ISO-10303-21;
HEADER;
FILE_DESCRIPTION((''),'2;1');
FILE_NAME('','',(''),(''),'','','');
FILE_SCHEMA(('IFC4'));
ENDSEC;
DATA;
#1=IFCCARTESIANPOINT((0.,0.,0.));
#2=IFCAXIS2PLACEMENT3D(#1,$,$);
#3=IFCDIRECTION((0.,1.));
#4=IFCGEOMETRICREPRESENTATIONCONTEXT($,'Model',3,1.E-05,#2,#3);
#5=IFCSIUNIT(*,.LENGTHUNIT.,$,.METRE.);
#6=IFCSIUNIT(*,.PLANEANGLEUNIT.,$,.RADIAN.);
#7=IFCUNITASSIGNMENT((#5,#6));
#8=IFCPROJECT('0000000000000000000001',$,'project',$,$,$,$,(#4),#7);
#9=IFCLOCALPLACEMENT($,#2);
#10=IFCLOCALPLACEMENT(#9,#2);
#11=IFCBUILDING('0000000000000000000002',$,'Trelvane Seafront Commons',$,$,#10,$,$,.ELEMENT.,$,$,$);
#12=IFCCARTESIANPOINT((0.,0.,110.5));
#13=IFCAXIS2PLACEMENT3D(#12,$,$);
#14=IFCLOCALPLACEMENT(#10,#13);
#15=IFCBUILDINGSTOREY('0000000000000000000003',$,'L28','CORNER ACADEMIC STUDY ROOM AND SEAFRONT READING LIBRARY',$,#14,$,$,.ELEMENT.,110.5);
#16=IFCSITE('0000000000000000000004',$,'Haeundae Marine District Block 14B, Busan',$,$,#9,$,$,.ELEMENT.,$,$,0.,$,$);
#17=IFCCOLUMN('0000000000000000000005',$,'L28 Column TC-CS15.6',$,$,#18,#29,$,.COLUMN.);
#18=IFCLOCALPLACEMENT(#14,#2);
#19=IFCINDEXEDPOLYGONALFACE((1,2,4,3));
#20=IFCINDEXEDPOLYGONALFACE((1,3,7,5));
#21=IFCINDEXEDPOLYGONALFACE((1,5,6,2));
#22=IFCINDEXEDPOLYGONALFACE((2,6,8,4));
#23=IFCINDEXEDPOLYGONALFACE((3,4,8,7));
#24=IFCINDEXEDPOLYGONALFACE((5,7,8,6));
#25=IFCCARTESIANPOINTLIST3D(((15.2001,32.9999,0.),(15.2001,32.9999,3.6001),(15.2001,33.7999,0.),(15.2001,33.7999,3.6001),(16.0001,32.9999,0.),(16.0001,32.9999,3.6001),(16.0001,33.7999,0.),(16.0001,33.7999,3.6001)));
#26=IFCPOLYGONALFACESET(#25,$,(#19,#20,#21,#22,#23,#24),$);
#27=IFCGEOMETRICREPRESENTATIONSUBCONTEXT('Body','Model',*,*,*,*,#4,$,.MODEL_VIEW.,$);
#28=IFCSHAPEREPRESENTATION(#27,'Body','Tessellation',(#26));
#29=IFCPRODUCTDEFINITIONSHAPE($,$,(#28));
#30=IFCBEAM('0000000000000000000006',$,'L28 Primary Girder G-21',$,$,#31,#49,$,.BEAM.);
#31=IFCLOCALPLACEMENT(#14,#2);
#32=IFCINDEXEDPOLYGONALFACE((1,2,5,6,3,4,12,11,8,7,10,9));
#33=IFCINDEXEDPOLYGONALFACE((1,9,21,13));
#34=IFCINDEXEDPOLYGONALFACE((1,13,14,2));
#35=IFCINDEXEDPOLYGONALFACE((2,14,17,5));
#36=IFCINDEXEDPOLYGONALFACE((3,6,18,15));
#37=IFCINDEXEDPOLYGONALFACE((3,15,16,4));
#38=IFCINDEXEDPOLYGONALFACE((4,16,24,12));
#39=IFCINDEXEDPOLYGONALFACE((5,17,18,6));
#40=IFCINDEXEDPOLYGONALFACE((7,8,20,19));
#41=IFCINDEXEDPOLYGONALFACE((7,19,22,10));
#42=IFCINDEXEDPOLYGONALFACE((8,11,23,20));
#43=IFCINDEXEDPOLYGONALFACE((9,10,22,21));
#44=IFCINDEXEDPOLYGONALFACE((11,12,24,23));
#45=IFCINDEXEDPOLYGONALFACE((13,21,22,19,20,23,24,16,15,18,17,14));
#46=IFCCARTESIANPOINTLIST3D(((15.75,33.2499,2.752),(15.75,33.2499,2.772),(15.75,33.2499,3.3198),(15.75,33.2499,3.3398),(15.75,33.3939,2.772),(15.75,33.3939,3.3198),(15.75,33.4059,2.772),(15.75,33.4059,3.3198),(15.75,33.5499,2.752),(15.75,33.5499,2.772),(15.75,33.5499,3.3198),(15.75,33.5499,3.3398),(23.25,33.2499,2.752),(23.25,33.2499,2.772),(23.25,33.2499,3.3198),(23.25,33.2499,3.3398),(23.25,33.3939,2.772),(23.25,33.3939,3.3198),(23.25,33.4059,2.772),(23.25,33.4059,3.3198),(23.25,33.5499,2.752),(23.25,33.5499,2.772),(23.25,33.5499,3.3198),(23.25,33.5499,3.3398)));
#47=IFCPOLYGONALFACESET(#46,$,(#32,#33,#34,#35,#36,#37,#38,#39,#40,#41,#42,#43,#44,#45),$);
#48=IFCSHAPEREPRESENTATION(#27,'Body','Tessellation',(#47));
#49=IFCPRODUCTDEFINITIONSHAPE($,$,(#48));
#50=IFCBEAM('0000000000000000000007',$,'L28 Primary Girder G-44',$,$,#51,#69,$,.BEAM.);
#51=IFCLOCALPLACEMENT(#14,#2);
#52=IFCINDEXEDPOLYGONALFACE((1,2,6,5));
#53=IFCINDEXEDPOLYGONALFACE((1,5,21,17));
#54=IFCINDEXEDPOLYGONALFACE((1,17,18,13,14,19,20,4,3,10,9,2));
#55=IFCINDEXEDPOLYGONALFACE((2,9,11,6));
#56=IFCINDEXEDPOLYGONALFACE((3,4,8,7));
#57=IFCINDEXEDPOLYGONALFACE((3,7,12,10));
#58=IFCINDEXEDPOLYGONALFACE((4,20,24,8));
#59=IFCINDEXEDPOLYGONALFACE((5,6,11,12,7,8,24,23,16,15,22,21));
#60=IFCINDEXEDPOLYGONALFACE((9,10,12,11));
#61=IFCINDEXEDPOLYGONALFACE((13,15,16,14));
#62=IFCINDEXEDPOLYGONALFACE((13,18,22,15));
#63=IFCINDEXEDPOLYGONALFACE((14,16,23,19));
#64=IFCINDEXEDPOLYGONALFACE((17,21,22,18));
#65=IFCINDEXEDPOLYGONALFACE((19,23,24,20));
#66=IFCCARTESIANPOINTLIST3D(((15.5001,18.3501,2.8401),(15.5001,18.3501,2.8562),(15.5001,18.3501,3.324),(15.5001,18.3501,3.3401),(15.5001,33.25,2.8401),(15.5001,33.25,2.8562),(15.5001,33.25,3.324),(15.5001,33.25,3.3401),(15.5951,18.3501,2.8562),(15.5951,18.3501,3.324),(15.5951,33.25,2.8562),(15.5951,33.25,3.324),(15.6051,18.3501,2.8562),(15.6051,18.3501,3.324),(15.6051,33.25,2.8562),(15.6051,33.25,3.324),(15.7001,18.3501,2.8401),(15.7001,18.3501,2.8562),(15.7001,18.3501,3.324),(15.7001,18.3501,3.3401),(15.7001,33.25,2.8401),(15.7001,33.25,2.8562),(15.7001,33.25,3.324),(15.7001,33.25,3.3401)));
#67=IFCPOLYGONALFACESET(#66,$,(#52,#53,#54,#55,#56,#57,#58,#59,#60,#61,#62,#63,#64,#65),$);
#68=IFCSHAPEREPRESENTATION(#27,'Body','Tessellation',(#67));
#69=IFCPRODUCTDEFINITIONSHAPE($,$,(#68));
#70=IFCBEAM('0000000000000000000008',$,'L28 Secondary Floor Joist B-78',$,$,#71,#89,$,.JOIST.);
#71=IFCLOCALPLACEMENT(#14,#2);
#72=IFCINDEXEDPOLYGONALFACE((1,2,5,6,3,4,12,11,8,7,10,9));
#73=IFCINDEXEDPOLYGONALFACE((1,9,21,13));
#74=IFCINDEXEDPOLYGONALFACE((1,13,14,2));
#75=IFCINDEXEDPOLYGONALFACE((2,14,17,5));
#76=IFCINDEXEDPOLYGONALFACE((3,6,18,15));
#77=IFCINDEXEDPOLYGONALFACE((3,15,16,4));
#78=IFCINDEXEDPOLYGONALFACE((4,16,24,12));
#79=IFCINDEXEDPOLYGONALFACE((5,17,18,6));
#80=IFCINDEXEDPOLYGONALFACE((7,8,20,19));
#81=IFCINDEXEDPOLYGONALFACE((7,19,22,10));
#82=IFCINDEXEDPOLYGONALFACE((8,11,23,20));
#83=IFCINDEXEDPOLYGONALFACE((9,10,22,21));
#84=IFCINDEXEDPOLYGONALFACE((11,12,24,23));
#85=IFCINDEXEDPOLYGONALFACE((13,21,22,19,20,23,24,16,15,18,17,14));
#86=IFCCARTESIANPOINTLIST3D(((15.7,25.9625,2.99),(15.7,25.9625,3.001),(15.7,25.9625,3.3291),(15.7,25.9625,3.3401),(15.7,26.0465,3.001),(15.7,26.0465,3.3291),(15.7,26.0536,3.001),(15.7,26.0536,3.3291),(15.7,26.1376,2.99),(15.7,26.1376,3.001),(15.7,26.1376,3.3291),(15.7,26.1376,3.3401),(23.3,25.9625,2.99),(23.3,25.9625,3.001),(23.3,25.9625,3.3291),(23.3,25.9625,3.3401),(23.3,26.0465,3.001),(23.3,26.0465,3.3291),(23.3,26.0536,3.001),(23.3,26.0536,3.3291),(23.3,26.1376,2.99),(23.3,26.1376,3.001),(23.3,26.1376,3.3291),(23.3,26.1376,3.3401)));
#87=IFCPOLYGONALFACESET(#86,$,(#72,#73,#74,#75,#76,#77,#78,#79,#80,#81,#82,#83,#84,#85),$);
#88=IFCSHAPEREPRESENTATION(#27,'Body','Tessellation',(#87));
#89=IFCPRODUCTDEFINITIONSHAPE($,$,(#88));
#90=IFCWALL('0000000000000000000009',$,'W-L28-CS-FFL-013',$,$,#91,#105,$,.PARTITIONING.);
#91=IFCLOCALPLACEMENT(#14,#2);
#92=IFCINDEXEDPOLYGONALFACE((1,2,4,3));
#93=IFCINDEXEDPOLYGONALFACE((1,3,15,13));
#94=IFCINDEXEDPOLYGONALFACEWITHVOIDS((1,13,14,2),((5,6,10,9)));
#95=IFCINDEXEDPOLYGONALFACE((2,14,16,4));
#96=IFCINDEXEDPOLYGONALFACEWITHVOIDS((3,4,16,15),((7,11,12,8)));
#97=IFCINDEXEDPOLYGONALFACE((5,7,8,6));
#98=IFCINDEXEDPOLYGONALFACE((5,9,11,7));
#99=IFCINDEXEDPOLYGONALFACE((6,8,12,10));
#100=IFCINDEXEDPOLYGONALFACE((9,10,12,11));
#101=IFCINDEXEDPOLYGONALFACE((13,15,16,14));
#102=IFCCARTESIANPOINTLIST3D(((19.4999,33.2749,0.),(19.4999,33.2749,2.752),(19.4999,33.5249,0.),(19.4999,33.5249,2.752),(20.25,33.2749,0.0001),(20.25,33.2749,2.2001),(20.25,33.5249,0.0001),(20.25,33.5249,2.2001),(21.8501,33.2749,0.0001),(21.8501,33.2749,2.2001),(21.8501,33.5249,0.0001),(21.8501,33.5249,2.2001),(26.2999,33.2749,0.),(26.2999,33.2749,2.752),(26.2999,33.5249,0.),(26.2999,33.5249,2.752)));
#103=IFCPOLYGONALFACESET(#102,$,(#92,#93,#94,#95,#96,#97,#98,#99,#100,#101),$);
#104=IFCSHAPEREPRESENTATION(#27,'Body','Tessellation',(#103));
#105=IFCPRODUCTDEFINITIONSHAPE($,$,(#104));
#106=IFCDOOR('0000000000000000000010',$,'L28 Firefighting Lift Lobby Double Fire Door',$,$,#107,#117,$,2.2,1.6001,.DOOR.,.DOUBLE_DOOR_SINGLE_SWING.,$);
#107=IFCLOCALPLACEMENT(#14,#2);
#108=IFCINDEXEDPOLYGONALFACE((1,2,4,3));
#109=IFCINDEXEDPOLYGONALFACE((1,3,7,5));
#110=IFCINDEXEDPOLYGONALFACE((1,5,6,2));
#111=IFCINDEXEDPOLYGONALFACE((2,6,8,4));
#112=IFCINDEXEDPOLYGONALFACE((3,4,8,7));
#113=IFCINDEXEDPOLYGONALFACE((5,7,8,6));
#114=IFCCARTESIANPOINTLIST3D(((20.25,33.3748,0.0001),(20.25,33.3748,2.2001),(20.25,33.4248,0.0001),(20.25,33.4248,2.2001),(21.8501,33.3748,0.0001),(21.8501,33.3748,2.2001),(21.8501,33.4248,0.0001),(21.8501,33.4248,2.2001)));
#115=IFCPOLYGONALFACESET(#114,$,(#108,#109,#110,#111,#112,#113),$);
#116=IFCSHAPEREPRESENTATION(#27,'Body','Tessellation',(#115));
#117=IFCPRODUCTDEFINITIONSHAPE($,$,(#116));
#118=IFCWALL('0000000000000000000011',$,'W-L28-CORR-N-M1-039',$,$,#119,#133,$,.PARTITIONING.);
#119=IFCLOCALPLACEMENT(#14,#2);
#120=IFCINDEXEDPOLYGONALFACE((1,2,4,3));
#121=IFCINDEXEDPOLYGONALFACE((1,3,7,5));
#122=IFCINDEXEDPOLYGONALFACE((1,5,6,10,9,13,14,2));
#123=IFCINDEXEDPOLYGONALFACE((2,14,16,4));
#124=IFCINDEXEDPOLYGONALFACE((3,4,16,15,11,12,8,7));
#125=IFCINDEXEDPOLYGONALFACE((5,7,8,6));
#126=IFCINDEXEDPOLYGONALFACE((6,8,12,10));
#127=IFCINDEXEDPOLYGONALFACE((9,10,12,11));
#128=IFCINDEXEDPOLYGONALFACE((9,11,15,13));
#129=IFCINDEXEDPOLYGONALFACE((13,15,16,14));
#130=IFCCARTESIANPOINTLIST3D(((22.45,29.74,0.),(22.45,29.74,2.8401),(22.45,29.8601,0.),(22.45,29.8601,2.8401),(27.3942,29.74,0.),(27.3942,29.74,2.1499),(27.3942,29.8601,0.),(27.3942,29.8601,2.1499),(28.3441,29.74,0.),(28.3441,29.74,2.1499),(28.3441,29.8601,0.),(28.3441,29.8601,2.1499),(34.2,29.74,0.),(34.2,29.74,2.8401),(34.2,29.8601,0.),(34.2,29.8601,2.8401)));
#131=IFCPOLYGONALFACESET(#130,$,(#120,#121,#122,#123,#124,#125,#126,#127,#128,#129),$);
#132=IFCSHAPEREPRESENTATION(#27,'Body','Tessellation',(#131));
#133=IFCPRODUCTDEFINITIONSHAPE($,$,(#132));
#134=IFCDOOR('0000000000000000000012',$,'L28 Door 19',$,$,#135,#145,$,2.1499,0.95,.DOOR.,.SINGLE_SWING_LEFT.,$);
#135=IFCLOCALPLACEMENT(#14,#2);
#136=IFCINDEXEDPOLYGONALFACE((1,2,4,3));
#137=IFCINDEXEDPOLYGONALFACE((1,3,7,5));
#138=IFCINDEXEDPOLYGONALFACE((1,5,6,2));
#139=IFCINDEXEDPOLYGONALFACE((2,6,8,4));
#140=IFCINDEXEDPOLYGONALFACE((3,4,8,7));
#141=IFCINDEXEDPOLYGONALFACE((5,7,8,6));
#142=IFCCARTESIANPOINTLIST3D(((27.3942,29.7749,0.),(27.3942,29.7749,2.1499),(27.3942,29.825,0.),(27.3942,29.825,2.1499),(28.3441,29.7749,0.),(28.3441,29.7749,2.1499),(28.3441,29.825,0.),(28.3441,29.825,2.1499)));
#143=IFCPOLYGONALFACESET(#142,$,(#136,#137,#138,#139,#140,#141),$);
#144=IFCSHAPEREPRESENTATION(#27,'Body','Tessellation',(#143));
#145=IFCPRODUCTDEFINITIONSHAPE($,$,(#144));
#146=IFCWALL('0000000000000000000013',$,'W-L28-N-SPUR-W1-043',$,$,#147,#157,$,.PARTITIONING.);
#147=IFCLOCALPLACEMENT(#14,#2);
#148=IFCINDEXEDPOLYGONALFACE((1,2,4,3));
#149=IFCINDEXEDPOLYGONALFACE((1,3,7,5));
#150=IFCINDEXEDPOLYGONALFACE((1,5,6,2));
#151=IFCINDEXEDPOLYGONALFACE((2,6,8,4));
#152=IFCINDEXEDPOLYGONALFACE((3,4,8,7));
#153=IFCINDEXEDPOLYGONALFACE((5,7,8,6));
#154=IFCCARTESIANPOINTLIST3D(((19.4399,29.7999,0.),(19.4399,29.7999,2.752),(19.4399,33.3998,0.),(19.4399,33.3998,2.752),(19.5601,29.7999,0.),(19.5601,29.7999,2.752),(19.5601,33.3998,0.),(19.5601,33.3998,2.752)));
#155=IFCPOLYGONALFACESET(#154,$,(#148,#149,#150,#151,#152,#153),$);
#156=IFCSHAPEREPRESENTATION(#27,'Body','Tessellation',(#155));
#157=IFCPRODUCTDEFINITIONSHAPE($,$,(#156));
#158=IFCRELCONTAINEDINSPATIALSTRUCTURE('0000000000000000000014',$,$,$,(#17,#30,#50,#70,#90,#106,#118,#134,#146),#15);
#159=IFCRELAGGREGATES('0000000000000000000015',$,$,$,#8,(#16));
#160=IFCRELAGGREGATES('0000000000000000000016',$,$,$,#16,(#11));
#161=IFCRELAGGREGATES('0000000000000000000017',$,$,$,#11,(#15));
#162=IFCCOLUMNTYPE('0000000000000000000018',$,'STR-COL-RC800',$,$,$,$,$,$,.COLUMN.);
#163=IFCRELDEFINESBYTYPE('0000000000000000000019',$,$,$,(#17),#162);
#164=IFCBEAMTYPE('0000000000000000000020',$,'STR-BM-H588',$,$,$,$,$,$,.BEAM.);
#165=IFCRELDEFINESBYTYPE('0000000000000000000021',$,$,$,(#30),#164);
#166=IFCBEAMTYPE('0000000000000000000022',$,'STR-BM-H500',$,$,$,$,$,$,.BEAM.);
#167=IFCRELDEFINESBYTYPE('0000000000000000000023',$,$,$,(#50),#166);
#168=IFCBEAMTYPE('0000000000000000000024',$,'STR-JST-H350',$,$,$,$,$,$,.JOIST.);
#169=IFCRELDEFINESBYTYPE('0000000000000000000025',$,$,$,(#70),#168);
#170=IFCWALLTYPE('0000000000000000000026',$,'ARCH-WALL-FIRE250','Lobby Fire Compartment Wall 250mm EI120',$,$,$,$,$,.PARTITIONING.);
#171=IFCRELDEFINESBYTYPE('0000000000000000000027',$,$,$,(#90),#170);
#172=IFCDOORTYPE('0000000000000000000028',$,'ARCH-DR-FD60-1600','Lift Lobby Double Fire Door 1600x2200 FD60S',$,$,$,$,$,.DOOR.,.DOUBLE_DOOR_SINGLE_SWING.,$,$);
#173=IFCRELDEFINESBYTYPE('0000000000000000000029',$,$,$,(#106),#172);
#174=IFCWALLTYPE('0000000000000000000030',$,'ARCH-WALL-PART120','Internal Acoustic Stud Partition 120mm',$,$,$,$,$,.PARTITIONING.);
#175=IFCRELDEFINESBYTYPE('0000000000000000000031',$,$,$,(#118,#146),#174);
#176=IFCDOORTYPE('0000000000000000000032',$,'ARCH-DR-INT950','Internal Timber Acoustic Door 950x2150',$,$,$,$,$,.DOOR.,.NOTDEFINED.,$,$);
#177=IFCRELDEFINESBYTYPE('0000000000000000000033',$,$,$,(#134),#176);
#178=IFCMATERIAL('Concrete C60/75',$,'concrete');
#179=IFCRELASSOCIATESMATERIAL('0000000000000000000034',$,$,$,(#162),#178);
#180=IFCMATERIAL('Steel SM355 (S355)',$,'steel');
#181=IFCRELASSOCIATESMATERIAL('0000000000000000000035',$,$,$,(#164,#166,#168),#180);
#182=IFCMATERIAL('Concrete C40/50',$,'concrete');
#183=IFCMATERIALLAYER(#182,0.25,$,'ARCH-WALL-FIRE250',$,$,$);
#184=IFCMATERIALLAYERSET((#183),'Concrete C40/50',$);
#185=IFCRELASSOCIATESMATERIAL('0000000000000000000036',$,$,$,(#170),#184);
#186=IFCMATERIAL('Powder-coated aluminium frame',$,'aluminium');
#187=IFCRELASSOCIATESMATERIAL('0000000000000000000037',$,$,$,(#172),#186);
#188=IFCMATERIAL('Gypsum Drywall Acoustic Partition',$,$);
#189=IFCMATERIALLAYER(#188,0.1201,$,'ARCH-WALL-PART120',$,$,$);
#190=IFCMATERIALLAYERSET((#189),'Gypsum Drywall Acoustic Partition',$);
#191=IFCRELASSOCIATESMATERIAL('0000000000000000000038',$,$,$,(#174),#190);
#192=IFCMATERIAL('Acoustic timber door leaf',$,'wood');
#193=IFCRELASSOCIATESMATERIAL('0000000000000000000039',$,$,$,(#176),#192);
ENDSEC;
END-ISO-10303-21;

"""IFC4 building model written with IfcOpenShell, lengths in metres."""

from ifc_helpers import new_model, si_unit, direction, frame, frame_2d, origin, origin_2d, place, context, subcontext, project, spatial, rectangle, i_section, extrude, source, transform, mapped, material, layer, layer_set, material_profile, profile_set, type_object, element, fill, save


model = new_model("IFC4")

# Units and contexts
model_context = context("Model", 3, precision=1e-05, world=origin(), true_north=direction((0.0, 1.0)))
body_context = subcontext(model_context, "Body", "Model", "MODEL_VIEW")
ifc_project = project(units=[si_unit("LENGTHUNIT", "METRE"), si_unit("PLANEANGLEUNIT", "RADIAN")], contexts=[model_context])

# Site, building, storey
site_placement = place(None, origin())
site = spatial("IfcSite", under=ifc_project, at=site_placement, Name="Haeundae Marine District Block 14B, Busan", CompositionType="ELEMENT", RefElevation=0.0)
building_placement = place(site_placement, origin())
building = spatial("IfcBuilding", under=site, at=building_placement, Name="Trelvane Seafront Commons", CompositionType="ELEMENT")
storey_placement = place(building_placement, frame((0.0, 0.0, 110.5)))
storey = spatial("IfcBuildingStorey", under=building, at=storey_placement, Name="L28", Description="CORNER ACADEMIC STUDY ROOM AND SEAFRONT READING LIBRARY", CompositionType="ELEMENT", Elevation=110.5)

# Column
ifc_material_1 = material(Name="Concrete C60/75", Category="concrete")
ifc_material_profile_1 = material_profile(ifc_material_1, rectangle(XDim=0.8, YDim=0.8, at=origin_2d()), Name="RC-800x800")
ifc_profile_set_1 = profile_set([ifc_material_profile_1], Name="Concrete C60/75")
column_type = type_object("IfcColumnType", Name="STR-COL-RC800", PredefinedType="COLUMN", material=ifc_profile_set_1)
shared_shape_1 = source(origin(), body_context, "Body", "SweptSolid", [
    extrude(rectangle(XDim=0.8, YDim=0.8, at=origin_2d()), origin(), (0.0, 0.0, 1.0), 3.6001),
])
column_placement = place(storey_placement, frame((15.6001, 33.3999, 0.0), z_axis=(0.0, 0.0, 1.0), x_axis=(1.0, 0.0, 0.0)))
element("IfcColumn", 1, at=column_placement, inside=storey, type_object=column_type, Name="L28 Column TC-CS15.6", PredefinedType="COLUMN", context=body_context, shape_type="MappedRepresentation", body=[
    mapped(shared_shape_1, transform((0.0, 0.0, 0.0), x_axis=(1.0, 0.0, 0.0), y_axis=(0.0, 1.0, 0.0), z_axis=(0.0, 0.0, 1.0), scale=1.0)),
])

# Beams
ifc_material_2 = material(Name="Steel SM355 (S355)", Category="steel")
ifc_material_profile_2 = material_profile(ifc_material_2, i_section(OverallWidth=0.3, OverallDepth=0.5879, WebThickness=0.012, FlangeThickness=0.02, at=origin_2d()), Name="H-588x300x12x20")
ifc_profile_set_2 = profile_set([ifc_material_profile_2], Name="Steel SM355 (S355)")
beam_type_1 = type_object("IfcBeamType", Name="STR-BM-H588", PredefinedType="BEAM", material=ifc_profile_set_2)
shared_shape_2 = source(origin(), body_context, "Body", "SweptSolid", [
    extrude(i_section(OverallWidth=0.3, OverallDepth=0.5879, WebThickness=0.012, FlangeThickness=0.02, at=origin_2d()), origin(), (0.0, 0.0, 1.0), 7.5),
])
beam_1_placement = place(storey_placement, frame((15.75, 33.3999, 3.0459), z_axis=(1.0, 0.0, 0.0), x_axis=(0.0, 1.0, 0.0)))
element("IfcBeam", 2, at=beam_1_placement, inside=storey, type_object=beam_type_1, Name="L28 Primary Girder G-21", PredefinedType="BEAM", context=body_context, shape_type="MappedRepresentation", body=[
    mapped(shared_shape_2, transform((0.0, 0.0, 0.0), x_axis=(1.0, 0.0, 0.0), y_axis=(0.0, 1.0, 0.0), z_axis=(0.0, 0.0, 1.0), scale=1.0)),
])
ifc_material_profile_3 = material_profile(ifc_material_2, i_section(OverallWidth=0.2, OverallDepth=0.5, WebThickness=0.01, FlangeThickness=0.0161, at=origin_2d()), Name="H-500x200x10x16")
ifc_profile_set_3 = profile_set([ifc_material_profile_3], Name="Steel SM355 (S355)")
beam_type_2 = type_object("IfcBeamType", Name="STR-BM-H500", PredefinedType="BEAM", material=ifc_profile_set_3)
shared_shape_3 = source(origin(), body_context, "Body", "SweptSolid", [
    extrude(i_section(OverallWidth=0.2, OverallDepth=0.5, WebThickness=0.01, FlangeThickness=0.0161, at=origin_2d()), origin(), (0.0, 0.0, 1.0), 14.8999),
])
beam_2_placement = place(storey_placement, frame((15.6001, 18.3501, 3.0901), z_axis=(0.0, 1.0, 0.0), x_axis=(-1.0, 0.0, 0.0)))
element("IfcBeam", 3, at=beam_2_placement, inside=storey, type_object=beam_type_2, Name="L28 Primary Girder G-44", PredefinedType="BEAM", context=body_context, shape_type="MappedRepresentation", body=[
    mapped(shared_shape_3, transform((0.0, 0.0, 0.0), x_axis=(1.0, 0.0, 0.0), y_axis=(0.0, 1.0, 0.0), z_axis=(0.0, 0.0, 1.0), scale=1.0)),
])
ifc_material_profile_4 = material_profile(ifc_material_2, i_section(OverallWidth=0.175, OverallDepth=0.3501, WebThickness=0.0071, FlangeThickness=0.011, at=origin_2d()), Name="H-350x175x7x11")
ifc_profile_set_4 = profile_set([ifc_material_profile_4], Name="Steel SM355 (S355)")
beam_type_3 = type_object("IfcBeamType", Name="STR-JST-H350", PredefinedType="JOIST", material=ifc_profile_set_4)
shared_shape_4 = source(origin(), body_context, "Body", "SweptSolid", [
    extrude(i_section(OverallWidth=0.175, OverallDepth=0.3501, WebThickness=0.0071, FlangeThickness=0.011, at=origin_2d()), origin(), (0.0, 0.0, 1.0), 7.6001),
])
beam_3_placement = place(storey_placement, frame((15.7, 26.05, 3.165), z_axis=(1.0, 0.0, 0.0), x_axis=(0.0, 1.0, 0.0)))
element("IfcBeam", 4, at=beam_3_placement, inside=storey, type_object=beam_type_3, Name="L28 Secondary Floor Joist B-78", PredefinedType="JOIST", context=body_context, shape_type="MappedRepresentation", body=[
    mapped(shared_shape_4, transform((0.0, 0.0, 0.0), x_axis=(1.0, 0.0, 0.0), y_axis=(0.0, 1.0, 0.0), z_axis=(0.0, 0.0, 1.0), scale=1.0)),
])

# Walls, openings, doors
ifc_material_3 = material(Name="Concrete C40/50", Category="concrete")
ifc_layer_1 = layer(ifc_material_3, 0.25, Name="ARCH-WALL-FIRE250")
ifc_layer_set_1 = layer_set([ifc_layer_1], Name="Concrete C40/50")
wall_type_1 = type_object("IfcWallType", Name="ARCH-WALL-FIRE250", Description="Lobby Fire Compartment Wall 250mm EI120", PredefinedType="PARTITIONING", material=ifc_layer_set_1)
wall_1_placement = place(storey_placement, frame((19.5, 33.3999, 0.0), z_axis=(0.0, 0.0, 1.0), x_axis=(1.0, 0.0, 0.0)))
wall_1 = element("IfcWall", 5, at=wall_1_placement, inside=storey, type_object=wall_type_1, Name="W-L28-CS-FFL-013", PredefinedType="PARTITIONING", context=body_context, shape_type="SweptSolid", body=[
    extrude(rectangle(XDim=6.8, YDim=0.25, at=frame_2d((3.3999, 0.0))), origin(), (0.0, 0.0, 1.0), 2.752),
])
opening_1_placement = place(wall_1_placement, frame((0.75, 0.0, 0.0)))
opening_1 = element("IfcOpeningElement", 6, at=opening_1_placement, cuts=wall_1, PredefinedType="OPENING", context=body_context, shape_type="SweptSolid", body=[
    extrude(rectangle(XDim=1.6001, YDim=2.2, at=frame_2d((0.8, 1.1001))), frame((0.0, 0.135, 0.0), z_axis=(0.0, -1.0, 0.0), x_axis=(1.0, 0.0, 0.0)), (0.0, 0.0, 1.0), 0.27),
])
ifc_material_4 = material(Name="Powder-coated aluminium frame", Category="aluminium")
door_type_1 = type_object("IfcDoorType", Name="ARCH-DR-FD60-1600", Description="Lift Lobby Double Fire Door 1600x2200 FD60S", OperationType="DOUBLE_DOOR_SINGLE_SWING", PredefinedType="DOOR", material=ifc_material_4)
shared_shape_5 = source(origin(), body_context, "Body", "SweptSolid", [
    extrude(rectangle(XDim=1.6001, YDim=2.2, at=frame_2d((0.8, 1.1001))), frame((0.0, 0.0249, 0.0), z_axis=(0.0, -1.0, 0.0), x_axis=(1.0, 0.0, 0.0)), (0.0, 0.0, 1.0), 0.05),
])
door_1_placement = place(opening_1_placement, origin())
door_1 = element("IfcDoor", 7, at=door_1_placement, inside=storey, type_object=door_type_1, Name="L28 Firefighting Lift Lobby Double Fire Door", OperationType="DOUBLE_DOOR_SINGLE_SWING", OverallHeight=2.2, OverallWidth=1.6001, PredefinedType="DOOR", context=body_context, shape_type="MappedRepresentation", body=[
    mapped(shared_shape_5, transform((0.0, 0.0, 0.0), x_axis=(1.0, 0.0, 0.0), y_axis=(0.0, 1.0, 0.0), z_axis=(0.0, 0.0, 1.0), scale=1.0)),
])
fill(opening_1, door_1)
ifc_material_5 = material(Name="Gypsum Drywall Acoustic Partition")
ifc_layer_2 = layer(ifc_material_5, 0.1201, Name="ARCH-WALL-PART120")
ifc_layer_set_2 = layer_set([ifc_layer_2], Name="Gypsum Drywall Acoustic Partition")
wall_type_2 = type_object("IfcWallType", Name="ARCH-WALL-PART120", Description="Internal Acoustic Stud Partition 120mm", PredefinedType="PARTITIONING", material=ifc_layer_set_2)
wall_2_placement = place(storey_placement, frame((22.45, 29.8, 0.0), z_axis=(0.0, 0.0, 1.0), x_axis=(1.0, 0.0, 0.0)))
wall_2 = element("IfcWall", 8, at=wall_2_placement, inside=storey, type_object=wall_type_2, Name="W-L28-CORR-N-M1-039", PredefinedType="PARTITIONING", context=body_context, shape_type="SweptSolid", body=[
    extrude(rectangle(XDim=11.75, YDim=0.1201, at=frame_2d((5.875, 0.0))), origin(), (0.0, 0.0, 1.0), 2.8401),
])
opening_2_placement = place(wall_2_placement, frame((4.9441, 0.0, 0.0)))
opening_2 = element("IfcOpeningElement", 9, at=opening_2_placement, cuts=wall_2, PredefinedType="OPENING", context=body_context, shape_type="SweptSolid", body=[
    extrude(rectangle(XDim=0.95, YDim=2.1499, at=frame_2d((0.4751, 1.075))), frame((0.0, 0.0701, 0.0), z_axis=(0.0, -1.0, 0.0), x_axis=(1.0, 0.0, 0.0)), (0.0, 0.0, 1.0), 0.1401),
])
ifc_material_6 = material(Name="Acoustic timber door leaf", Category="wood")
door_type_2 = type_object("IfcDoorType", Name="ARCH-DR-INT950", Description="Internal Timber Acoustic Door 950x2150", OperationType="NOTDEFINED", PredefinedType="DOOR", material=ifc_material_6)
shared_shape_6 = source(origin(), body_context, "Body", "SweptSolid", [
    extrude(rectangle(XDim=0.95, YDim=2.1499, at=frame_2d((0.4751, 1.075))), frame((0.0, 0.0249, 0.0), z_axis=(0.0, -1.0, 0.0), x_axis=(1.0, 0.0, 0.0)), (0.0, 0.0, 1.0), 0.05),
])
door_2_placement = place(opening_2_placement, origin())
door_2 = element("IfcDoor", 10, at=door_2_placement, inside=storey, type_object=door_type_2, Name="L28 Door 19", OperationType="SINGLE_SWING_LEFT", OverallHeight=2.1499, OverallWidth=0.95, PredefinedType="DOOR", context=body_context, shape_type="MappedRepresentation", body=[
    mapped(shared_shape_6, transform((0.0, 0.0, 0.0), x_axis=(1.0, 0.0, 0.0), y_axis=(0.0, 1.0, 0.0), z_axis=(0.0, 0.0, 1.0), scale=1.0)),
])
fill(opening_2, door_2)

# Wall
for number, where, z_axis, x_axis, name in (
    (11, (19.5, 29.8, 0.0), (0.0, 0.0, 1.0), (0.0, 1.0, 0.0), "W-L28-N-SPUR-W1-043"),
):
    element("IfcWall", number, at=place(storey_placement, frame(where, z_axis=z_axis, x_axis=x_axis)), inside=storey, type_object=wall_type_2, Name=name, PredefinedType="PARTITIONING", context=body_context, shape_type="SweptSolid", body=[
        extrude(rectangle(XDim=3.5999, YDim=0.1201, at=frame_2d((1.7998, 0.0))), origin(), (0.0, 0.0, 1.0), 2.752),
    ])

save(model, "model.ifc")
